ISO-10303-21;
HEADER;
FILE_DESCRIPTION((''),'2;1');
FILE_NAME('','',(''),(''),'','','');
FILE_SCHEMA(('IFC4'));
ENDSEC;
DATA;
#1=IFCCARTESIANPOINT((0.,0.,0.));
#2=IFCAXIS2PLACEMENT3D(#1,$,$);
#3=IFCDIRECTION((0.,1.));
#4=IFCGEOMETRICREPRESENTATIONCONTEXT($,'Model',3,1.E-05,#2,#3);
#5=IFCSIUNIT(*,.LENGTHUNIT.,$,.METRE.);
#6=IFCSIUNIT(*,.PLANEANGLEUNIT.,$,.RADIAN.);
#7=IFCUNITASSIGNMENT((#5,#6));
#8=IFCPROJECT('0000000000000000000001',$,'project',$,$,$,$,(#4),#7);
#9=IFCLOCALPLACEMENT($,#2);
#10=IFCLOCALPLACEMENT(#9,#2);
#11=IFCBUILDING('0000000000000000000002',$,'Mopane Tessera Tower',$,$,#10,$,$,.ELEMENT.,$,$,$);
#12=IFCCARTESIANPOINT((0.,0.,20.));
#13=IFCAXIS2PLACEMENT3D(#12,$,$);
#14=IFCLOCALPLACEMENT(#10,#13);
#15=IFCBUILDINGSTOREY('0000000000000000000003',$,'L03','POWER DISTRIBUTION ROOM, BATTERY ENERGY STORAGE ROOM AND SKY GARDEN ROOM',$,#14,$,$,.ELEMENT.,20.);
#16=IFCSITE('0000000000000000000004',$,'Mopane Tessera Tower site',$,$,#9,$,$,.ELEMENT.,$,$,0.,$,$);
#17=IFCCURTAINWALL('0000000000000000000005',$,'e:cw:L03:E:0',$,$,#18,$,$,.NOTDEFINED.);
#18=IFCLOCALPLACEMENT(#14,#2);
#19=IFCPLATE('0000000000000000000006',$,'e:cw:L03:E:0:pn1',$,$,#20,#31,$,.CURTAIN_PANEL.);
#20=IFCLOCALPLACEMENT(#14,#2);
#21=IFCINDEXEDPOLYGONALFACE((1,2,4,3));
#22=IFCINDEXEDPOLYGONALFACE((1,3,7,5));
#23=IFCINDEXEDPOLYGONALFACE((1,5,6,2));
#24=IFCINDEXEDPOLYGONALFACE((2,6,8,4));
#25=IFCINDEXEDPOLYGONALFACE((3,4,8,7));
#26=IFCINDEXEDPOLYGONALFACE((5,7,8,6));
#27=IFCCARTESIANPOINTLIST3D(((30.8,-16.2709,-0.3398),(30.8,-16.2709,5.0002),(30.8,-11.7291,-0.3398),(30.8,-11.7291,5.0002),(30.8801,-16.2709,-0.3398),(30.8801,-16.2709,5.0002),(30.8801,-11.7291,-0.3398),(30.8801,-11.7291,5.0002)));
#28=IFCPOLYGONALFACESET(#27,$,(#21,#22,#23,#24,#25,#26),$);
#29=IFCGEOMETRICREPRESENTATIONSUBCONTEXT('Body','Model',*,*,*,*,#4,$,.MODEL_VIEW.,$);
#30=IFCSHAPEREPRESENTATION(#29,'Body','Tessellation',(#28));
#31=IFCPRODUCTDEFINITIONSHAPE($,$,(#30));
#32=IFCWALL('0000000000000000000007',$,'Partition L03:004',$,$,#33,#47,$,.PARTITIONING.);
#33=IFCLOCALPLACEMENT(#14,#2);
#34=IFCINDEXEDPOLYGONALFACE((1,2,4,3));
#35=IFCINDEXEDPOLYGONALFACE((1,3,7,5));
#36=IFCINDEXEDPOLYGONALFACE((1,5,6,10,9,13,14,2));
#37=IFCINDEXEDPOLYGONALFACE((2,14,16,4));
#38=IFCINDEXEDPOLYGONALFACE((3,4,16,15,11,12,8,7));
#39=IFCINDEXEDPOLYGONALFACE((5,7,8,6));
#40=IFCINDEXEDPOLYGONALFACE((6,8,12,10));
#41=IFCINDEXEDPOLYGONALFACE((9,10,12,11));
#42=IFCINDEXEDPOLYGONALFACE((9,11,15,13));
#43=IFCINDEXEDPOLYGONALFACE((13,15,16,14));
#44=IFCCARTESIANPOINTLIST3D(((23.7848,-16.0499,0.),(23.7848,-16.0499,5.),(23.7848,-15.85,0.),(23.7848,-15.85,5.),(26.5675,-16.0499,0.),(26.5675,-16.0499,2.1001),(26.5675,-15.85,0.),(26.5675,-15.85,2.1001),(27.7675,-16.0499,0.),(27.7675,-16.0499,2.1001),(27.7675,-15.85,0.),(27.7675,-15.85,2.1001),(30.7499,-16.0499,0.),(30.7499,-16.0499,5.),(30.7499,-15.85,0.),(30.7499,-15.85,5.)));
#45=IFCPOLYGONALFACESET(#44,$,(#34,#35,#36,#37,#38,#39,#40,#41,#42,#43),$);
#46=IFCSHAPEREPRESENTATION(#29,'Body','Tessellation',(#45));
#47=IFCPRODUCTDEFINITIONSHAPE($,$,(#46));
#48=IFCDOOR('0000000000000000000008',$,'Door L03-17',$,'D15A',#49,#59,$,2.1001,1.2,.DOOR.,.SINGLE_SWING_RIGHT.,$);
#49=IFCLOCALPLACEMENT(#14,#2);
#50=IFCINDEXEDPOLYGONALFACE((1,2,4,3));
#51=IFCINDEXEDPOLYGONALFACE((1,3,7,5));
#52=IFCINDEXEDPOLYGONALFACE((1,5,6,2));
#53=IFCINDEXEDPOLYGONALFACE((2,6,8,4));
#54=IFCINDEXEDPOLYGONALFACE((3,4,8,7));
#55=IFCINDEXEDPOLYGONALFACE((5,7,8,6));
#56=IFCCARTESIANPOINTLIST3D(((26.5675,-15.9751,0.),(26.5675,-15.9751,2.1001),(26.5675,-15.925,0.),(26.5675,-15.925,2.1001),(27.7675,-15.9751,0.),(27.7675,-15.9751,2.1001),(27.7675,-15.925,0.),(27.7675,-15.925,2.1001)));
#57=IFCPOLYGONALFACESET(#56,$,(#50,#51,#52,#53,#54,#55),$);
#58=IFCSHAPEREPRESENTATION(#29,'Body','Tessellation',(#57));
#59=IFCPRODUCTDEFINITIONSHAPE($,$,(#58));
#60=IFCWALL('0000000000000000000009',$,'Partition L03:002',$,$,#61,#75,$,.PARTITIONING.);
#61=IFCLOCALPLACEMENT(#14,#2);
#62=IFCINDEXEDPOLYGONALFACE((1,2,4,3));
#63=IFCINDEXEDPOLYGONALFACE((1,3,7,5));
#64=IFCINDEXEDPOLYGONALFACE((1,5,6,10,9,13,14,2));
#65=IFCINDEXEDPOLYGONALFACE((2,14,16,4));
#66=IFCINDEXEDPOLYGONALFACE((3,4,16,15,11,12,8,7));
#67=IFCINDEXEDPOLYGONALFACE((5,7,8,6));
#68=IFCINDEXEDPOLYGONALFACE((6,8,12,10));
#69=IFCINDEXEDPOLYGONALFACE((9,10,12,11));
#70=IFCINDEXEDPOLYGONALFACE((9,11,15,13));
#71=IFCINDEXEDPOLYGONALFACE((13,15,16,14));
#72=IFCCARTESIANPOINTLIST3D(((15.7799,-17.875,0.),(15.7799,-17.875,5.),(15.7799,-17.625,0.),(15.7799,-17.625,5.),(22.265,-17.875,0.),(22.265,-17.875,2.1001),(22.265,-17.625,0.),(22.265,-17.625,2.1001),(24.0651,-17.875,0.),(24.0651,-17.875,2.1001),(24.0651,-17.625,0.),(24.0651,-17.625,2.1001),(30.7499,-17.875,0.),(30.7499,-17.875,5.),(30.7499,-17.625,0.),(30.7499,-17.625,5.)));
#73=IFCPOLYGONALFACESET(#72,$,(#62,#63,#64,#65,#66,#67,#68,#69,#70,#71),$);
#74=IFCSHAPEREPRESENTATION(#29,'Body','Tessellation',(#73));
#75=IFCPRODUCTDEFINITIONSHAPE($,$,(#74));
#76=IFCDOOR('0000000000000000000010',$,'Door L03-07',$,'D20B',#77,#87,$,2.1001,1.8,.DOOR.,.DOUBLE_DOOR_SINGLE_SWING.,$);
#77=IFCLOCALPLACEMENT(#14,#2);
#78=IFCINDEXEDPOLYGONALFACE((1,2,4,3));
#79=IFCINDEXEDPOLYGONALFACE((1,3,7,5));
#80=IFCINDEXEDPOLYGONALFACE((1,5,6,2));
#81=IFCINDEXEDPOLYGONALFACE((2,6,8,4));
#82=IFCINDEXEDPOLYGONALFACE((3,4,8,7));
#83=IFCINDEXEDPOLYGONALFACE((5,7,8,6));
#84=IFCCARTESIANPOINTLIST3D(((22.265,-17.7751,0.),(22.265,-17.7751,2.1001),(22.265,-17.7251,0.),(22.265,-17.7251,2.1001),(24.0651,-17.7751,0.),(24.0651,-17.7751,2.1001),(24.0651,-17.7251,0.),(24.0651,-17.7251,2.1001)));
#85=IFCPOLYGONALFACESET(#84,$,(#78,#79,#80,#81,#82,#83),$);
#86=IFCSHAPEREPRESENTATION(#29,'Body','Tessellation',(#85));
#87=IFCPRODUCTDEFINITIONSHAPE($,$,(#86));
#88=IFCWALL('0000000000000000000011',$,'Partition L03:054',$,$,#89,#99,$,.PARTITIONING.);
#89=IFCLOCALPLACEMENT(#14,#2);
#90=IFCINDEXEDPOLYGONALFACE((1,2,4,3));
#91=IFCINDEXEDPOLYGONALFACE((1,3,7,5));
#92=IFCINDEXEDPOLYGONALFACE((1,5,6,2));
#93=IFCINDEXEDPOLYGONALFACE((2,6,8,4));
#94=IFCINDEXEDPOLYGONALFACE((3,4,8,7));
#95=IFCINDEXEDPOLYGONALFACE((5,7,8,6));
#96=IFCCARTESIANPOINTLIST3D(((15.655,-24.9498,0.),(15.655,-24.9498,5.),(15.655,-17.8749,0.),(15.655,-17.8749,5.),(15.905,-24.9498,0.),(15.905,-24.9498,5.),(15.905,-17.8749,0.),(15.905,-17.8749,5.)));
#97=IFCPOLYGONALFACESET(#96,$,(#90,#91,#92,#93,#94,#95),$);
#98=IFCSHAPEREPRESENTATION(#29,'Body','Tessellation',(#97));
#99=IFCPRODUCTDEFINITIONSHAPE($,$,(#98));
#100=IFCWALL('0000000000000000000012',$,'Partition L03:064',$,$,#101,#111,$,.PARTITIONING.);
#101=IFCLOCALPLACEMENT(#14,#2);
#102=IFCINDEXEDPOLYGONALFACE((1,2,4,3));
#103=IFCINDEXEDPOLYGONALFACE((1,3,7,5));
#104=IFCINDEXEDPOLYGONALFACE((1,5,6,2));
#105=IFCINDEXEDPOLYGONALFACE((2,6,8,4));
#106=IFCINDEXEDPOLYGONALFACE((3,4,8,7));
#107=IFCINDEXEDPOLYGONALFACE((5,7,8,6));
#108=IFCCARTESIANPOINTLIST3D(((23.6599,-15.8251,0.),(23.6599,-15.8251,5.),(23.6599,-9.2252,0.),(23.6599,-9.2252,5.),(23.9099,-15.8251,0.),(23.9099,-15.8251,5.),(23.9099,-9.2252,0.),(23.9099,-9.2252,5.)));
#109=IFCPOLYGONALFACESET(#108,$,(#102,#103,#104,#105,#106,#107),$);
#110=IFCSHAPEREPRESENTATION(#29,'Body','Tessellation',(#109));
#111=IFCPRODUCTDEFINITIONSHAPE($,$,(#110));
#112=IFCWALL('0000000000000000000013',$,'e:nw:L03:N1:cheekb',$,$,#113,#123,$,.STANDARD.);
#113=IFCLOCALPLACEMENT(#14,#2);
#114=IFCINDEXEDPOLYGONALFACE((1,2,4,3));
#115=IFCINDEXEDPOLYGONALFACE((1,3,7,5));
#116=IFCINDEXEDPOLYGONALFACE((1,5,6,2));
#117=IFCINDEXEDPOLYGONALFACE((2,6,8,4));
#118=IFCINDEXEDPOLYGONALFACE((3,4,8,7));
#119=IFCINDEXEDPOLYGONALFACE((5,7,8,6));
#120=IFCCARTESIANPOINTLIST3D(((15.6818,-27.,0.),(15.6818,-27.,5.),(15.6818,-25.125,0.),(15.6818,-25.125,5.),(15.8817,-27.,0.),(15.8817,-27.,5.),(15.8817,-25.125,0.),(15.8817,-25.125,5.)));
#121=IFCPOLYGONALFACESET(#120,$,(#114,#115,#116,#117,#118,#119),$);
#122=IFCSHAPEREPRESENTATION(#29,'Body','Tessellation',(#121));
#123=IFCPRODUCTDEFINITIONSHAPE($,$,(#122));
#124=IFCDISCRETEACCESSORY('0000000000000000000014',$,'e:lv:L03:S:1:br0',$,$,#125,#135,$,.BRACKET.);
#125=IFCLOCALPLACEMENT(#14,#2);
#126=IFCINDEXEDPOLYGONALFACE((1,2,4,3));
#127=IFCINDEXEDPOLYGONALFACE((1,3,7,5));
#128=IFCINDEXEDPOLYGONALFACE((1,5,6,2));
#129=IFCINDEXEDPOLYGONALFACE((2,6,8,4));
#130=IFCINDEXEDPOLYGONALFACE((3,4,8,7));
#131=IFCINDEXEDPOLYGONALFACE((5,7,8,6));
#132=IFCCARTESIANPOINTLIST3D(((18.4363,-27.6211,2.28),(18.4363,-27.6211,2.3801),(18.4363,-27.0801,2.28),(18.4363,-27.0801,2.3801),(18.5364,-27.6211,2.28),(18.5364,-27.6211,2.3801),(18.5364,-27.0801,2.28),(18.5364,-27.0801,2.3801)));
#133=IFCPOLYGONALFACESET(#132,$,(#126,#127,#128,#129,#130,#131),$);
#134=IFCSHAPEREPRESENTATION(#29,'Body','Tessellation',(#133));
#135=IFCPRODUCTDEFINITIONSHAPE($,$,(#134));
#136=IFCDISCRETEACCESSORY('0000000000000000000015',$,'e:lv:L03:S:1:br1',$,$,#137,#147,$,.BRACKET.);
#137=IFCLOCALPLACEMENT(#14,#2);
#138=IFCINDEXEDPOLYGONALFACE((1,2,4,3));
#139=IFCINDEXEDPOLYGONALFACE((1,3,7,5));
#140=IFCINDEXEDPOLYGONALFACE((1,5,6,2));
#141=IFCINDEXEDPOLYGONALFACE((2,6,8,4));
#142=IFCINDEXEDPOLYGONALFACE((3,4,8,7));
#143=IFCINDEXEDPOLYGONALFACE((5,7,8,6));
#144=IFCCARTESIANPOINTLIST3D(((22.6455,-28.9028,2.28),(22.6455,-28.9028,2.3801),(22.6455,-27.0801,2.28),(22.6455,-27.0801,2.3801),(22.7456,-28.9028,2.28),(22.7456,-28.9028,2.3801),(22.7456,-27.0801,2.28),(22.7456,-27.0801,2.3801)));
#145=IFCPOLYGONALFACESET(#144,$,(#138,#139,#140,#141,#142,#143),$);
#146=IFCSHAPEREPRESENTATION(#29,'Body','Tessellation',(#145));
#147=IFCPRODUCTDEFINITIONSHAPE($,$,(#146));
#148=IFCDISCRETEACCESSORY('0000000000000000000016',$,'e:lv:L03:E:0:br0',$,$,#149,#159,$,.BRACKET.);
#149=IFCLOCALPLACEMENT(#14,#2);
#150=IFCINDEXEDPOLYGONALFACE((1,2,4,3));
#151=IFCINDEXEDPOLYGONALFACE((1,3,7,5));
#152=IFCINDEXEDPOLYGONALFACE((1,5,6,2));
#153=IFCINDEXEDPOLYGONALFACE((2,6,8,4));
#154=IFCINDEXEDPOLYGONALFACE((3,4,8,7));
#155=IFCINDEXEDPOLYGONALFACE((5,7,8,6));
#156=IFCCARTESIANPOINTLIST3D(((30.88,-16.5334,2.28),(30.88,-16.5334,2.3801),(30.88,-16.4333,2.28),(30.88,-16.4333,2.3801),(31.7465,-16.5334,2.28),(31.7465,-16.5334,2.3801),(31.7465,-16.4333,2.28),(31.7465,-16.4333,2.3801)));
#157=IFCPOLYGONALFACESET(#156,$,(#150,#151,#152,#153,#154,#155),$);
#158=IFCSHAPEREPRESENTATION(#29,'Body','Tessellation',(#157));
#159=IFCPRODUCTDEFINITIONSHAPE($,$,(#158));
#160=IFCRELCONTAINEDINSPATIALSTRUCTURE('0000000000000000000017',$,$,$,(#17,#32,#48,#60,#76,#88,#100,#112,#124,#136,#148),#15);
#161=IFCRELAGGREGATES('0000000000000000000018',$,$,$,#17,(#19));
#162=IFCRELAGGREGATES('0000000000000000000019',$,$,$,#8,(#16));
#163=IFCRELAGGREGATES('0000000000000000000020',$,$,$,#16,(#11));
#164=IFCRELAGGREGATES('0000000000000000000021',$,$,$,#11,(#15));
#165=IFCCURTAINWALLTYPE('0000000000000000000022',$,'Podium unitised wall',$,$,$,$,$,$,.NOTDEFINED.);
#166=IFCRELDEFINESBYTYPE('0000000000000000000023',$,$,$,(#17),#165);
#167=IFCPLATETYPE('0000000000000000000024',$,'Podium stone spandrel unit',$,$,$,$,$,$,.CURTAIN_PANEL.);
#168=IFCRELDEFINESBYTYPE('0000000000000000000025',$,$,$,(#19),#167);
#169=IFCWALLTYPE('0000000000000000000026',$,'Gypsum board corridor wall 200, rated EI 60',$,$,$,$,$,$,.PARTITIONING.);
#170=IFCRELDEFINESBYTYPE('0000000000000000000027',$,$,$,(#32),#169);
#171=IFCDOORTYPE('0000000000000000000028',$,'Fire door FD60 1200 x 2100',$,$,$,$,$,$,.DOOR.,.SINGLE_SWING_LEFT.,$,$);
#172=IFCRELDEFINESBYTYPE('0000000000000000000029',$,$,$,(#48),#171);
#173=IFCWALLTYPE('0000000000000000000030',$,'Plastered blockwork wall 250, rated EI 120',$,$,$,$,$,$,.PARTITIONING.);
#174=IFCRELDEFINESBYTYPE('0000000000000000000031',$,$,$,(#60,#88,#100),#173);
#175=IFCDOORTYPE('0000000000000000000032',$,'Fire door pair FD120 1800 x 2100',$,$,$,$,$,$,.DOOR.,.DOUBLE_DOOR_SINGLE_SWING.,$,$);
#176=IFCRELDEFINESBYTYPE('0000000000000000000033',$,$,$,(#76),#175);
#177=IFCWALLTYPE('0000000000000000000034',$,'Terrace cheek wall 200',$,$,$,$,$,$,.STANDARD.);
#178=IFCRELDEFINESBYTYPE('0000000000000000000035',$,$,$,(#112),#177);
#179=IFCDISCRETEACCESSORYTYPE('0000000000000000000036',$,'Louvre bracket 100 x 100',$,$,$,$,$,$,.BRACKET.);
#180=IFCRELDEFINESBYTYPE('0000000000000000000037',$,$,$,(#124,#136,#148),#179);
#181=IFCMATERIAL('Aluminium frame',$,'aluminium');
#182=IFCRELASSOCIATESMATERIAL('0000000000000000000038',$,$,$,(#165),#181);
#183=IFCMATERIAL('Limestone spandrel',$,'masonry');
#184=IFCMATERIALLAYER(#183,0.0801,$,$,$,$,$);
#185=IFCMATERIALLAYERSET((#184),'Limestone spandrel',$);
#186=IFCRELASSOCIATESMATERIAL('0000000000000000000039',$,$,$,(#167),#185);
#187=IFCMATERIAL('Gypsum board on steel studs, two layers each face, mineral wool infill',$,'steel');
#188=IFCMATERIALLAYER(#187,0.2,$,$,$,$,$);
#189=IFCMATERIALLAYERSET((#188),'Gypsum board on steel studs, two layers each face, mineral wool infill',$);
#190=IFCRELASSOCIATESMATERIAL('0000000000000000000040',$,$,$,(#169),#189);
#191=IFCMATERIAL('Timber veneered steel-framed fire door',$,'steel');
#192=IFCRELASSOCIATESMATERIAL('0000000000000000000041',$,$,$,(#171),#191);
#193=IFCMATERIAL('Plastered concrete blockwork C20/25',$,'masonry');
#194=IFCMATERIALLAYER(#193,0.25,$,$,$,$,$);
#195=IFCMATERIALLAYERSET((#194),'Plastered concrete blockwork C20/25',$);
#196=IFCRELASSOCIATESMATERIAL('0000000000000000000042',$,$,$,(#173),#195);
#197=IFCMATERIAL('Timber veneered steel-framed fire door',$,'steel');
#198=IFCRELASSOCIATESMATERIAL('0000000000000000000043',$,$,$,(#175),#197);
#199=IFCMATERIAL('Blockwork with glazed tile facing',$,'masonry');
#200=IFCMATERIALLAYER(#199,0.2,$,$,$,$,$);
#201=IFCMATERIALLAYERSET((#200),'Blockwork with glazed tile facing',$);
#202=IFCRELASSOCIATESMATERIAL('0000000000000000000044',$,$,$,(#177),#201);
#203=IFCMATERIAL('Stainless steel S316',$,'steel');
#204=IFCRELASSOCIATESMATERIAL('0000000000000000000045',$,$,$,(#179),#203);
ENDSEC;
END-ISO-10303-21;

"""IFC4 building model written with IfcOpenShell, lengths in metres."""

from ifc_helpers import new_model, si_unit, direction, frame, frame_2d, origin, origin_2d, place, context, subcontext, project, spatial, rectangle, extrude, material, layer, layer_set, type_object, element, fill, aggregate, save


model = new_model("IFC4")

# Units and contexts
model_context = context("Model", 3, precision=1e-05, world=origin(), true_north=direction((0.0, 1.0)))
body_context = subcontext(model_context, "Body", "Model", "MODEL_VIEW")
ifc_project = project(units=[si_unit("LENGTHUNIT", "METRE"), si_unit("PLANEANGLEUNIT", "RADIAN")], contexts=[model_context])

# Site, building, storey
site_placement = place(None, origin())
site = spatial("IfcSite", under=ifc_project, at=site_placement, Name="Mopane Tessera Tower site", CompositionType="ELEMENT", RefElevation=0.0)
building_placement = place(site_placement, origin())
building = spatial("IfcBuilding", under=site, at=building_placement, Name="Mopane Tessera Tower", CompositionType="ELEMENT")
storey_placement = place(building_placement, frame((0.0, 0.0, 20.0)))
storey = spatial("IfcBuildingStorey", under=building, at=storey_placement, Name="L03", Description="POWER DISTRIBUTION ROOM, BATTERY ENERGY STORAGE ROOM AND SKY GARDEN ROOM", CompositionType="ELEMENT", Elevation=20.0)

# Curtain wall
ifc_material_1 = material(Name="Aluminium frame", Category="aluminium")
curtain_wall_type = type_object("IfcCurtainWallType", Name="Podium unitised wall", PredefinedType="NOTDEFINED", material=ifc_material_1)
curtain_wall_1_placement = place(storey_placement, origin())
curtain_wall_1 = element("IfcCurtainWall", 1, at=curtain_wall_1_placement, inside=storey, type_object=curtain_wall_type, Name="e:cw:L03:E:0", PredefinedType="NOTDEFINED")

# Plate
ifc_material_2 = material(Name="Limestone spandrel", Category="masonry")
ifc_layer_1 = layer(ifc_material_2, 0.0801)
ifc_layer_set_1 = layer_set([ifc_layer_1], Name="Limestone spandrel")
plate_type = type_object("IfcPlateType", Name="Podium stone spandrel unit", PredefinedType="CURTAIN_PANEL", material=ifc_layer_set_1)
plate_1_placement = place(storey_placement, frame((30.8401, -14.0, -0.3398), z_axis=(0.0, 0.0, 1.0), x_axis=(0.0, 1.0, 0.0)))
plate_1 = element("IfcPlate", 2, at=plate_1_placement, type_object=plate_type, Name="e:cw:L03:E:0:pn1", PredefinedType="CURTAIN_PANEL", context=body_context, shape_type="SweptSolid", body=[
    extrude(rectangle(XDim=4.5417, YDim=0.0801, at=origin_2d()), origin(), (0.0, 0.0, 1.0), 5.3401),
])
aggregate(curtain_wall_1, [plate_1])

# Walls, openings, doors
ifc_material_3 = material(Name="Gypsum board on steel studs, two layers each face, mineral wool infill", Category="steel")
ifc_layer_2 = layer(ifc_material_3, 0.2)
ifc_layer_set_2 = layer_set([ifc_layer_2], Name="Gypsum board on steel studs, two layers each face, mineral wool infill")
wall_type_1 = type_object("IfcWallType", Name="Gypsum board corridor wall 200, rated EI 60", PredefinedType="PARTITIONING", material=ifc_layer_set_2)
wall_1_placement = place(storey_placement, frame((23.7849, -15.95, 0.0), z_axis=(0.0, 0.0, 1.0), x_axis=(1.0, 0.0, 0.0)))
wall_1 = element("IfcWall", 3, at=wall_1_placement, inside=storey, type_object=wall_type_1, Name="Partition L03:004", PredefinedType="PARTITIONING", context=body_context, shape_type="SweptSolid", body=[
    extrude(rectangle(XDim=6.9651, YDim=0.2, at=frame_2d((3.4824, 0.0))), origin(), (0.0, 0.0, 1.0), 5.0),
])
opening_1_placement = place(wall_1_placement, frame((2.7825, 0.0, 0.0)))
opening_1 = element("IfcOpeningElement", 4, at=opening_1_placement, cuts=wall_1, PredefinedType="OPENING", context=body_context, shape_type="SweptSolid", body=[
    extrude(rectangle(XDim=1.2, YDim=2.1001, at=frame_2d((0.6001, 1.05))), frame((0.0, 0.1121, 0.0), z_axis=(0.0, -1.0, 0.0), x_axis=(1.0, 0.0, 0.0)), (0.0, 0.0, 1.0), 0.2239),
])
ifc_material_4 = material(Name="Timber veneered steel-framed fire door", Category="steel")
door_type_1 = type_object("IfcDoorType", Name="Fire door FD60 1200 x 2100", OperationType="SINGLE_SWING_LEFT", PredefinedType="DOOR", material=ifc_material_4)
door_1_placement = place(opening_1_placement, origin())
door_1 = element("IfcDoor", 5, at=door_1_placement, inside=storey, type_object=door_type_1, Name="Door L03-17", ObjectType="D15A", OperationType="SINGLE_SWING_RIGHT", OverallHeight=2.1001, OverallWidth=1.2, PredefinedType="DOOR", context=body_context, shape_type="SweptSolid", body=[
    extrude(rectangle(XDim=1.2, YDim=2.1001, at=frame_2d((0.6001, 1.05))), frame((0.0, 0.0249, 0.0), z_axis=(0.0, -1.0, 0.0), x_axis=(1.0, 0.0, 0.0)), (0.0, 0.0, 1.0), 0.05),
])
fill(opening_1, door_1)
ifc_material_5 = material(Name="Plastered concrete blockwork C20/25", Category="masonry")
ifc_layer_3 = layer(ifc_material_5, 0.25)
ifc_layer_set_3 = layer_set([ifc_layer_3], Name="Plastered concrete blockwork C20/25")
wall_type_2 = type_object("IfcWallType", Name="Plastered blockwork wall 250, rated EI 120", PredefinedType="PARTITIONING", material=ifc_layer_set_3)
wall_2_placement = place(storey_placement, frame((15.78, -17.75, 0.0), z_axis=(0.0, 0.0, 1.0), x_axis=(1.0, 0.0, 0.0)))
wall_2 = element("IfcWall", 6, at=wall_2_placement, inside=storey, type_object=wall_type_2, Name="Partition L03:002", PredefinedType="PARTITIONING", context=body_context, shape_type="SweptSolid", body=[
    extrude(rectangle(XDim=14.97, YDim=0.25, at=frame_2d((7.4849, 0.0))), origin(), (0.0, 0.0, 1.0), 5.0),
])
opening_2_placement = place(wall_2_placement, frame((6.4851, 0.0, 0.0)))
opening_2 = element("IfcOpeningElement", 7, at=opening_2_placement, cuts=wall_2, PredefinedType="OPENING", context=body_context, shape_type="SweptSolid", body=[
    extrude(rectangle(XDim=1.8, YDim=2.1001, at=frame_2d((0.8999, 1.05))), frame((0.0, 0.137, 0.0), z_axis=(0.0, -1.0, 0.0), x_axis=(1.0, 0.0, 0.0)), (0.0, 0.0, 1.0), 0.2739),
])
ifc_material_6 = material(Name="Timber veneered steel-framed fire door", Category="steel")
door_type_2 = type_object("IfcDoorType", Name="Fire door pair FD120 1800 x 2100", OperationType="DOUBLE_DOOR_SINGLE_SWING", PredefinedType="DOOR", material=ifc_material_6)
door_2_placement = place(opening_2_placement, origin())
door_2 = element("IfcDoor", 8, at=door_2_placement, inside=storey, type_object=door_type_2, Name="Door L03-07", ObjectType="D20B", OperationType="DOUBLE_DOOR_SINGLE_SWING", OverallHeight=2.1001, OverallWidth=1.8, PredefinedType="DOOR", context=body_context, shape_type="SweptSolid", body=[
    extrude(rectangle(XDim=1.8, YDim=2.1001, at=frame_2d((0.8999, 1.05))), frame((0.0, 0.0249, 0.0), z_axis=(0.0, -1.0, 0.0), x_axis=(1.0, 0.0, 0.0)), (0.0, 0.0, 1.0), 0.05),
])
fill(opening_2, door_2)

# Walls
wall_3_placement = place(storey_placement, frame((15.78, -24.95, 0.0), z_axis=(0.0, 0.0, 1.0), x_axis=(0.0, 1.0, 0.0)))
element("IfcWall", 9, at=wall_3_placement, inside=storey, type_object=wall_type_2, Name="Partition L03:054", PredefinedType="PARTITIONING", context=body_context, shape_type="SweptSolid", body=[
    extrude(rectangle(XDim=7.075, YDim=0.25, at=frame_2d((3.5376, 0.0))), origin(), (0.0, 0.0, 1.0), 5.0),
])
wall_4_placement = place(storey_placement, frame((23.7849, -15.825, 0.0), z_axis=(0.0, 0.0, 1.0), x_axis=(0.0, 1.0, 0.0)))
element("IfcWall", 10, at=wall_4_placement, inside=storey, type_object=wall_type_2, Name="Partition L03:064", PredefinedType="PARTITIONING", context=body_context, shape_type="SweptSolid", body=[
    extrude(rectangle(XDim=6.5999, YDim=0.25, at=frame_2d((3.2998, 0.0))), origin(), (0.0, 0.0, 1.0), 5.0),
])
ifc_material_7 = material(Name="Blockwork with glazed tile facing", Category="masonry")
ifc_layer_4 = layer(ifc_material_7, 0.2)
ifc_layer_set_4 = layer_set([ifc_layer_4], Name="Blockwork with glazed tile facing")
wall_type_3 = type_object("IfcWallType", Name="Terrace cheek wall 200", PredefinedType="STANDARD", material=ifc_layer_set_4)
wall_5_placement = place(storey_placement, frame((15.7817, -27.0, 0.0), z_axis=(0.0, 0.0, 1.0), x_axis=(0.0, 1.0, 0.0)))
element("IfcWall", 11, at=wall_5_placement, inside=storey, type_object=wall_type_3, Name="e:nw:L03:N1:cheekb", PredefinedType="STANDARD", context=body_context, shape_type="SweptSolid", body=[
    extrude(rectangle(XDim=1.875, YDim=0.2, at=frame_2d((0.9375, 0.0))), origin(), (0.0, 0.0, 1.0), 5.0),
])

# Discrete accessories
ifc_material_8 = material(Name="Stainless steel S316", Category="steel")
discrete_accessory_type = type_object("IfcDiscreteAccessoryType", Name="Louvre bracket 100 x 100", PredefinedType="BRACKET", material=ifc_material_8)
discrete_accessory_1_placement = place(storey_placement, frame((18.4863, -27.3506, 2.28), z_axis=(0.0, 0.0, 1.0), x_axis=(0.0, -1.0, 0.0)))
element("IfcDiscreteAccessory", 12, at=discrete_accessory_1_placement, inside=storey, type_object=discrete_accessory_type, Name="e:lv:L03:S:1:br0", PredefinedType="BRACKET", context=body_context, shape_type="SweptSolid", body=[
    extrude(rectangle(XDim=0.541, YDim=0.1001, at=origin_2d()), origin(), (0.0, 0.0, 1.0), 0.1001),
])
discrete_accessory_2_placement = place(storey_placement, frame((22.6956, -27.9915, 2.28), z_axis=(0.0, 0.0, 1.0), x_axis=(0.0, -1.0, 0.0)))
element("IfcDiscreteAccessory", 13, at=discrete_accessory_2_placement, inside=storey, type_object=discrete_accessory_type, Name="e:lv:L03:S:1:br1", PredefinedType="BRACKET", context=body_context, shape_type="SweptSolid", body=[
    extrude(rectangle(XDim=1.8228, YDim=0.1001, at=origin_2d()), origin(), (0.0, 0.0, 1.0), 0.1001),
])
discrete_accessory_3_placement = place(storey_placement, frame((31.3132, -16.4834, 2.28), z_axis=(0.0, 0.0, 1.0), x_axis=(1.0, 0.0, 0.0)))
element("IfcDiscreteAccessory", 14, at=discrete_accessory_3_placement, inside=storey, type_object=discrete_accessory_type, Name="e:lv:L03:E:0:br0", PredefinedType="BRACKET", context=body_context, shape_type="SweptSolid", body=[
    extrude(rectangle(XDim=0.8665, YDim=0.1001, at=origin_2d()), origin(), (0.0, 0.0, 1.0), 0.1001),
])

save(model, "model.ifc")
